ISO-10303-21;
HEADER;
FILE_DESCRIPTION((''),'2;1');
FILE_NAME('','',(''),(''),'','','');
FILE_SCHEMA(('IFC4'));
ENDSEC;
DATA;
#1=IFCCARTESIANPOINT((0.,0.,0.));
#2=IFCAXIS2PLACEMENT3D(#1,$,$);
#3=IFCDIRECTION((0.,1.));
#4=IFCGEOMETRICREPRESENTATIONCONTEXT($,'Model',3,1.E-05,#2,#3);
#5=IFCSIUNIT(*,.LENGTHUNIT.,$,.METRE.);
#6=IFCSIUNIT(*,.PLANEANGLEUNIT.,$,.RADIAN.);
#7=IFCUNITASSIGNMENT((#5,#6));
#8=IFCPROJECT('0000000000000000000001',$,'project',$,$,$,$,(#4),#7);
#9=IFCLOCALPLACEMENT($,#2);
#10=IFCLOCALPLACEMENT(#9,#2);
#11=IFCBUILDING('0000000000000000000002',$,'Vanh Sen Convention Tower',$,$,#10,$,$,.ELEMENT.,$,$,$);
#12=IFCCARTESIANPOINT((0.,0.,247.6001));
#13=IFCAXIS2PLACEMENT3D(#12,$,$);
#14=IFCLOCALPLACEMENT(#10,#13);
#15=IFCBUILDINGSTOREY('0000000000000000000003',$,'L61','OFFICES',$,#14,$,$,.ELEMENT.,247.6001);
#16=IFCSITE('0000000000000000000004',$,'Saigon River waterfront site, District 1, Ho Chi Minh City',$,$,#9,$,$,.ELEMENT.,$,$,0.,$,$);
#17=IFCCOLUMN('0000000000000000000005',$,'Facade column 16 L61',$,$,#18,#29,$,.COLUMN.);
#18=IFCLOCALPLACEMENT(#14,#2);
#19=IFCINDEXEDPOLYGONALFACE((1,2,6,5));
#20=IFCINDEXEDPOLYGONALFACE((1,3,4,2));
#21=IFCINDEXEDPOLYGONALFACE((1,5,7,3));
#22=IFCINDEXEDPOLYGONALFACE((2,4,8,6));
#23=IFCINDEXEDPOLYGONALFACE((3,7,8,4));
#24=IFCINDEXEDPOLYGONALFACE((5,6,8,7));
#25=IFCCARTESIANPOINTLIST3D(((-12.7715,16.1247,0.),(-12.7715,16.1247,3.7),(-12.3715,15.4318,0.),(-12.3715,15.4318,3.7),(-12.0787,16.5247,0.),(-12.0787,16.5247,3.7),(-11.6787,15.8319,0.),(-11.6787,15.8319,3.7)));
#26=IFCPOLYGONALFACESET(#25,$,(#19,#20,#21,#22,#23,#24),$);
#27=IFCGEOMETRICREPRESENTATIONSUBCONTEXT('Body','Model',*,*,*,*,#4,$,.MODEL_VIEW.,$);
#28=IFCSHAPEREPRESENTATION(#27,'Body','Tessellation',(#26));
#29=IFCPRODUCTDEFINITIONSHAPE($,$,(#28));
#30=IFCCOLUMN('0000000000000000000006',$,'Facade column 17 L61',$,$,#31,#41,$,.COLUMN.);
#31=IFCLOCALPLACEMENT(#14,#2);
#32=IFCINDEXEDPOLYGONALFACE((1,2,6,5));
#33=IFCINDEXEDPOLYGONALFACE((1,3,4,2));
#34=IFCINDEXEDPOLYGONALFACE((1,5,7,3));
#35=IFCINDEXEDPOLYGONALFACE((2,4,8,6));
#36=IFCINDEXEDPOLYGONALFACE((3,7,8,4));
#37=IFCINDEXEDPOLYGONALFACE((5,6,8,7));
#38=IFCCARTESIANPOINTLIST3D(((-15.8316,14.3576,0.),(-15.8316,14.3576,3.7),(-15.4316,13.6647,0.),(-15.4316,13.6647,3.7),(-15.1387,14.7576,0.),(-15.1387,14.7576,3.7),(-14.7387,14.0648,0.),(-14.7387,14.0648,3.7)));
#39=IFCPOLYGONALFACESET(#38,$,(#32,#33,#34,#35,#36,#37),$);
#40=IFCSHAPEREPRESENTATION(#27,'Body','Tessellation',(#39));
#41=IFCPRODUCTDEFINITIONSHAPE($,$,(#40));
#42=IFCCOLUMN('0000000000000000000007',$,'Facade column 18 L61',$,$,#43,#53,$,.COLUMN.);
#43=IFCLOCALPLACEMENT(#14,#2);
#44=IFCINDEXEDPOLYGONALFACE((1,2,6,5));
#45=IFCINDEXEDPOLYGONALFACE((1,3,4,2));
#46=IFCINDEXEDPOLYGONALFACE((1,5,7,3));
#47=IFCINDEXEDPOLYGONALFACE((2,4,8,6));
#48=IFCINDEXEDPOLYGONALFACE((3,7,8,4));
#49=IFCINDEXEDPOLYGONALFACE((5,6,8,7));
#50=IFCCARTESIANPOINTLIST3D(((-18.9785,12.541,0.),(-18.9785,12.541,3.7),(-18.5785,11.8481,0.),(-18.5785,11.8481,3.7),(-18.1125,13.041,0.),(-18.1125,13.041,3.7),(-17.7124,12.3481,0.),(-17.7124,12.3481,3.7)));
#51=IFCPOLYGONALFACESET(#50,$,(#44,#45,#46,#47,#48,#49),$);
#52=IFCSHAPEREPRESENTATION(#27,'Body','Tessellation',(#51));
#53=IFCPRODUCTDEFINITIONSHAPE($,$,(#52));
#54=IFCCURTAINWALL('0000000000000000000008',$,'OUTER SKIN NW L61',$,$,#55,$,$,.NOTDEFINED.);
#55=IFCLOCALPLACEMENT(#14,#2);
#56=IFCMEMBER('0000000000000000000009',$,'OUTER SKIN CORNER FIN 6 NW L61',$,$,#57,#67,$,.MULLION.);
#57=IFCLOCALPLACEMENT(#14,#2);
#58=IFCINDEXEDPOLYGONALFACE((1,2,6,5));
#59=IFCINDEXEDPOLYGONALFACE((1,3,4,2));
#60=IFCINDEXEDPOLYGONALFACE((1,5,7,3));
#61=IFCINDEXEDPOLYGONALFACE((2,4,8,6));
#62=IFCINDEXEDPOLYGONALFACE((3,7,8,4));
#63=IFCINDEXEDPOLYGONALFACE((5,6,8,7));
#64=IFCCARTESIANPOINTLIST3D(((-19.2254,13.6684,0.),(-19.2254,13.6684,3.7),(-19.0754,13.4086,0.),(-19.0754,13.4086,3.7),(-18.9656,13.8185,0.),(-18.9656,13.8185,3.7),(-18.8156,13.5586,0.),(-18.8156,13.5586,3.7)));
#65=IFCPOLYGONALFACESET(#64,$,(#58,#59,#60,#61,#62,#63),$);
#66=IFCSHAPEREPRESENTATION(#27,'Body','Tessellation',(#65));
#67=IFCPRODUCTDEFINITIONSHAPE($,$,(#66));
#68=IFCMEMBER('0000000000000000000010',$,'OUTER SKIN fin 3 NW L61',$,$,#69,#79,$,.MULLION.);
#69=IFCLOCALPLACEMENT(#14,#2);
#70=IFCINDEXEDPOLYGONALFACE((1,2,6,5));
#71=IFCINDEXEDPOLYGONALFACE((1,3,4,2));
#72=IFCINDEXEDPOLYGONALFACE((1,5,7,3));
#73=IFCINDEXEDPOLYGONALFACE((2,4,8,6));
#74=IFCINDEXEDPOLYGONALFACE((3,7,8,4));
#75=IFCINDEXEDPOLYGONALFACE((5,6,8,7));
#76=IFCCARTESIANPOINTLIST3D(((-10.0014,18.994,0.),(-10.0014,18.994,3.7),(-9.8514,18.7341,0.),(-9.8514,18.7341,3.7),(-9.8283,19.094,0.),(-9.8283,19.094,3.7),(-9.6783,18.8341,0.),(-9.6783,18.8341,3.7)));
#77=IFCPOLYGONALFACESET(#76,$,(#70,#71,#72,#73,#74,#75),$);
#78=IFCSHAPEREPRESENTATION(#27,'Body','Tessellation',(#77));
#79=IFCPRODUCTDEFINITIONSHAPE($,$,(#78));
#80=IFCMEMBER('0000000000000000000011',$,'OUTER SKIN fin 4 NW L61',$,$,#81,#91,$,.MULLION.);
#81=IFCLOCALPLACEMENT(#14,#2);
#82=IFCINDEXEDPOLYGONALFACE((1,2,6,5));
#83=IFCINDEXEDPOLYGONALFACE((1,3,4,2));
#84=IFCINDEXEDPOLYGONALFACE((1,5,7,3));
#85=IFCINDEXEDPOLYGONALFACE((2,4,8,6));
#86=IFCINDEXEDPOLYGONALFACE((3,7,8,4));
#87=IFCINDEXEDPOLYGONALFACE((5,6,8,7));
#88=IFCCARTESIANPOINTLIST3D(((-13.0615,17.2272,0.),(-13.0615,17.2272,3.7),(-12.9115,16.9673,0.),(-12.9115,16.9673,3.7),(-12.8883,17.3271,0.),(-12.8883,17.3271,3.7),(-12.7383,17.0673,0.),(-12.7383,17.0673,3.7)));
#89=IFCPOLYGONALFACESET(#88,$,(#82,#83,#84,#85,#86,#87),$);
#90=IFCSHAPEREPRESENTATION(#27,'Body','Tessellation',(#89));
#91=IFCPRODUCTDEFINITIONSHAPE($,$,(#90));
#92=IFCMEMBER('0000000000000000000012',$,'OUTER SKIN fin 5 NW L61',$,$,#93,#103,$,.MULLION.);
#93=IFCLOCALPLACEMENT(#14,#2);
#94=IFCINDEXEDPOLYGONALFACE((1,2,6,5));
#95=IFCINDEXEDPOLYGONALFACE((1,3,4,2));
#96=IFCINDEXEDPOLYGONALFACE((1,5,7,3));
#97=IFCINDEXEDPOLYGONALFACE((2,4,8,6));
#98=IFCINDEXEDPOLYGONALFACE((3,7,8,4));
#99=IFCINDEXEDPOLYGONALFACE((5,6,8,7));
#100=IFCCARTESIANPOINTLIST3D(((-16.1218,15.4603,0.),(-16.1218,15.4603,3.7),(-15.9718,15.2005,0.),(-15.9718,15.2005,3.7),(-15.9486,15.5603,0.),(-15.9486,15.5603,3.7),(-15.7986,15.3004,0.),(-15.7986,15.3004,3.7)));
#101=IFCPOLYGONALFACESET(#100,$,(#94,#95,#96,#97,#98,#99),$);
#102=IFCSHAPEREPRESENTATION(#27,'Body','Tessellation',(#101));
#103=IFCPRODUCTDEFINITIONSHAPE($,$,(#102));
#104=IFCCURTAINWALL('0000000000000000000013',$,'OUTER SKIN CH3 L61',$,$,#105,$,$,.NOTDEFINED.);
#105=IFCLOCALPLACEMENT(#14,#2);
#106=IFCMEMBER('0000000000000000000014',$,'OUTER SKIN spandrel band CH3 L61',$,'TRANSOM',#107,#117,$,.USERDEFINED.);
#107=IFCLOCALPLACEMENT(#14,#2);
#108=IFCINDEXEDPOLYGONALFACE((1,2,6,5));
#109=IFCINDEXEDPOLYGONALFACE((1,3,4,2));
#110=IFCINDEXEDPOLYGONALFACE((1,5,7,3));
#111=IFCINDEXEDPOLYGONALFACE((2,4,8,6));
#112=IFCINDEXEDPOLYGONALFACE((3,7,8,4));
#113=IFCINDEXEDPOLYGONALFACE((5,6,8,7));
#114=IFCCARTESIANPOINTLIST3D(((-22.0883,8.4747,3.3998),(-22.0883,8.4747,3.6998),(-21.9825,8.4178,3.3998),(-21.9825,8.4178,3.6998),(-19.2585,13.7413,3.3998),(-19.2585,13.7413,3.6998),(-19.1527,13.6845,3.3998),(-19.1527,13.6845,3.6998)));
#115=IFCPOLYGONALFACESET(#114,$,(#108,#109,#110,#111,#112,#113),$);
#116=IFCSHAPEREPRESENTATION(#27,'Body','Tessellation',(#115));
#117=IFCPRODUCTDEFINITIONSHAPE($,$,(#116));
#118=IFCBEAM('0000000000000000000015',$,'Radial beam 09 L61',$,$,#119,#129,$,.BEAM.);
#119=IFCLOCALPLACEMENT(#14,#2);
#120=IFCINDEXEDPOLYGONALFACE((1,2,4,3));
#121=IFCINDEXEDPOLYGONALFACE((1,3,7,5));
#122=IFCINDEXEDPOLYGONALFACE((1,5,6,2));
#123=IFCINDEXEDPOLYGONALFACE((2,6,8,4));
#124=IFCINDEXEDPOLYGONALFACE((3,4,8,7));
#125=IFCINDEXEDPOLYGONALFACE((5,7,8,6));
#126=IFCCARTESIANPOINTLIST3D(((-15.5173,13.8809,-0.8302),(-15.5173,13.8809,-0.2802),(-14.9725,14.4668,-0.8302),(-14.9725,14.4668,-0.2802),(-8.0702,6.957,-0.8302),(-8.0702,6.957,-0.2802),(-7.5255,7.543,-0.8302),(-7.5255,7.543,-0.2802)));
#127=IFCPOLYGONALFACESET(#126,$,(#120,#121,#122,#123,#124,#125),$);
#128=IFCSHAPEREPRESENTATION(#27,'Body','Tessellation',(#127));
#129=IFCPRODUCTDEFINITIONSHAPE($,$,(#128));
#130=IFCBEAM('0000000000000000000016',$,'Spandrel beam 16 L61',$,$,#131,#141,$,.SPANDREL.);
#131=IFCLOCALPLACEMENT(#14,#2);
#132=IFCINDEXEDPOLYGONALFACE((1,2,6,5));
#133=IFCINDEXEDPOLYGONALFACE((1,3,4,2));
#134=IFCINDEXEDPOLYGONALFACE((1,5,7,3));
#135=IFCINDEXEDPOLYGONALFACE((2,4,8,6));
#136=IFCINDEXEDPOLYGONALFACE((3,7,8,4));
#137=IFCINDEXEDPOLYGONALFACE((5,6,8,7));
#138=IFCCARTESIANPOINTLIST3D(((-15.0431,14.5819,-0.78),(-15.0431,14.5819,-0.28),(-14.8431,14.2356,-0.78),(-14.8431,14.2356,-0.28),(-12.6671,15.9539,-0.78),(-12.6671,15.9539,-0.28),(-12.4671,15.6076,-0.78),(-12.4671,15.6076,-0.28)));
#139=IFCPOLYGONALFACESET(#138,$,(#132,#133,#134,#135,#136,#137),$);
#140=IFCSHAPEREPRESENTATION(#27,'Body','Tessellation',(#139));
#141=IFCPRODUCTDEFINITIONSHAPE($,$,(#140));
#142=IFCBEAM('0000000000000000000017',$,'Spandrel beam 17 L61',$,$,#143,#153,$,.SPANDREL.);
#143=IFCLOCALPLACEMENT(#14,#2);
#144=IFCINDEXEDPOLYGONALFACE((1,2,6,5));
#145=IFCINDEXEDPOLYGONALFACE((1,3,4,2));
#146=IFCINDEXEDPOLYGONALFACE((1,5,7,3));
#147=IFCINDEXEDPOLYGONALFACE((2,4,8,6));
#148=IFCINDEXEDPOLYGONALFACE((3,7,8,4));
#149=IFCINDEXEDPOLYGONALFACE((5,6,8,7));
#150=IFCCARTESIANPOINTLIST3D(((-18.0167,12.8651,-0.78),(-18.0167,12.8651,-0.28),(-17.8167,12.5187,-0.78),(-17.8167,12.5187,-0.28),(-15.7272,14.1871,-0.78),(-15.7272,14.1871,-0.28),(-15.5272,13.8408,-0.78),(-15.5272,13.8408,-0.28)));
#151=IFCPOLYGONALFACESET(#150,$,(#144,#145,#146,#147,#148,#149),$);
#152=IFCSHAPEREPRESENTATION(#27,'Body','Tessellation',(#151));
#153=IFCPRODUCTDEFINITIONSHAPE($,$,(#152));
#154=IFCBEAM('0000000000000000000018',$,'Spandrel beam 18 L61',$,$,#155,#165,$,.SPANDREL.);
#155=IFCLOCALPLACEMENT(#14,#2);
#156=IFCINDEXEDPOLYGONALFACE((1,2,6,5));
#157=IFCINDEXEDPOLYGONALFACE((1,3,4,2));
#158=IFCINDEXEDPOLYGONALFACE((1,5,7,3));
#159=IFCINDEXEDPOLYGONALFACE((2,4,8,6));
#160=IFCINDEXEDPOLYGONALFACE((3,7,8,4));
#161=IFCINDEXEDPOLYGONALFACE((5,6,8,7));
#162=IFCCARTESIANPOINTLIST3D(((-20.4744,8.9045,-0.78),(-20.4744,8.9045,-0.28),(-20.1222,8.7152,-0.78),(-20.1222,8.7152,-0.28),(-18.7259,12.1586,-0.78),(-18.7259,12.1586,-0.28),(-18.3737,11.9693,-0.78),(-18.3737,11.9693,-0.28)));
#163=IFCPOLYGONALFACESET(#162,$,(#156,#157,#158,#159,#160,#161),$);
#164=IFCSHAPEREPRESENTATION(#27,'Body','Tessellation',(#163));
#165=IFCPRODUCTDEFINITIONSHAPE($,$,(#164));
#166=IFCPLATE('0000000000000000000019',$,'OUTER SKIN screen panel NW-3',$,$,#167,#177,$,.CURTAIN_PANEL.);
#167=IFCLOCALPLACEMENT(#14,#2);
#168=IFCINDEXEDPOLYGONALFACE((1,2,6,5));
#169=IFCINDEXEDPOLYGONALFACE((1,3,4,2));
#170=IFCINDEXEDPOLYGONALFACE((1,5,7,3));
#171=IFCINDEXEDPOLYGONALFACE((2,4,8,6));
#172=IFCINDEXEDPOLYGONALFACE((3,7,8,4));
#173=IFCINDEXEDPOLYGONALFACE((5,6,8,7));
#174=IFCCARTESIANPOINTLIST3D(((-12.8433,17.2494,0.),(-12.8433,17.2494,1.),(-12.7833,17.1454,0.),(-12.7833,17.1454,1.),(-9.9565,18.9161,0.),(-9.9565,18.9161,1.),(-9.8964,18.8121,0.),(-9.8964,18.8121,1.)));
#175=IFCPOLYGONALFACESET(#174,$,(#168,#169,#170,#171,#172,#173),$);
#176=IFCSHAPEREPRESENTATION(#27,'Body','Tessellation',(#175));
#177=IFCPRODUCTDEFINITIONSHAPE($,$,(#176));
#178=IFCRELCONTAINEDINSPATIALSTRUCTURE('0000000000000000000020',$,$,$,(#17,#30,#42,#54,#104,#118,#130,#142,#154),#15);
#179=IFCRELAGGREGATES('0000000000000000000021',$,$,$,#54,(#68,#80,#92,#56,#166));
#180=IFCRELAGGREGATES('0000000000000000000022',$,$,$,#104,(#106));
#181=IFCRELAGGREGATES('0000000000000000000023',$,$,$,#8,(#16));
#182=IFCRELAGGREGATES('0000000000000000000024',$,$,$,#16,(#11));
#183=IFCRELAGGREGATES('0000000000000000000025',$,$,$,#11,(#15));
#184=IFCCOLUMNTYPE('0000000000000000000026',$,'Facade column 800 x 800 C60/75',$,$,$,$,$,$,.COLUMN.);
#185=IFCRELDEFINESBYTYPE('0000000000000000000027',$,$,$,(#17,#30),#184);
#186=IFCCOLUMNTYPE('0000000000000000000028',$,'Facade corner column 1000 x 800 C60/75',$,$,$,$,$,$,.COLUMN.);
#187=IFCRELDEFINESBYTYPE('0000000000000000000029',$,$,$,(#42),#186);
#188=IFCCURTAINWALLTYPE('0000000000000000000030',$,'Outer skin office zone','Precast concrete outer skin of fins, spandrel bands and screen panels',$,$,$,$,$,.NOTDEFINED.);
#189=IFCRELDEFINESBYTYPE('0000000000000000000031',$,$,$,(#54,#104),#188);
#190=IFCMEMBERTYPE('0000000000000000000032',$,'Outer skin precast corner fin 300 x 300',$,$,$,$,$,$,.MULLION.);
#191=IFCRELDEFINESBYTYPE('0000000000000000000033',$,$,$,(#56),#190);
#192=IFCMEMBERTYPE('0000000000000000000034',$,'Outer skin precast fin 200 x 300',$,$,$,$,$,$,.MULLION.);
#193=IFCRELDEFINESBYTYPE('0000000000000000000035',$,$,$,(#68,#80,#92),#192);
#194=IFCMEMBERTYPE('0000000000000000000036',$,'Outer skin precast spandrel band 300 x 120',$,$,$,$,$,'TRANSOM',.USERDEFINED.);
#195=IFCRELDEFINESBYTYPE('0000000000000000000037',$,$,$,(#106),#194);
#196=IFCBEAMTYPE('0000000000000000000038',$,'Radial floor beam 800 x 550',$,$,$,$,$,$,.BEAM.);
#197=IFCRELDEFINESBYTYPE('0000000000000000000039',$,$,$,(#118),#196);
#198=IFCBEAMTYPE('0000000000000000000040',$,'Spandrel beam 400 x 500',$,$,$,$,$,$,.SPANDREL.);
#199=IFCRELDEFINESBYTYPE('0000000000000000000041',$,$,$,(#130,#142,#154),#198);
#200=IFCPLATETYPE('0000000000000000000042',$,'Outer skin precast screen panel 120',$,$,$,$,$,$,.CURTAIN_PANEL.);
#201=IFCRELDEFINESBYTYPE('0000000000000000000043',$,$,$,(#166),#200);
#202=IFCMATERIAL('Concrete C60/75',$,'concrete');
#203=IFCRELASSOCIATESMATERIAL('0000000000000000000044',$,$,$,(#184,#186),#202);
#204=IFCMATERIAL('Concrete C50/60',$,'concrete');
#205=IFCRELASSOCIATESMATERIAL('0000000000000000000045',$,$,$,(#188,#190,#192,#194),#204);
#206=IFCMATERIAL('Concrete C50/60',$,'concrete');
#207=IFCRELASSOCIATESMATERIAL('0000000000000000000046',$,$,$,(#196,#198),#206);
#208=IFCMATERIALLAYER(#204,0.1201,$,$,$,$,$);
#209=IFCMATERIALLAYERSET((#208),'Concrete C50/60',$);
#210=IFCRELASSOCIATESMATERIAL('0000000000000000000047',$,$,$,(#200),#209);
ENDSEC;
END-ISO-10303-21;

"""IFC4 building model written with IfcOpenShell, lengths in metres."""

from ifc_helpers import new_model, si_unit, direction, frame, origin, origin_2d, place, context, subcontext, project, spatial, rectangle, extrude, material, layer, layer_set, material_profile, profile_set, type_object, element, aggregate, save


model = new_model("IFC4")

# Units and contexts
model_context = context("Model", 3, precision=1e-05, world=origin(), true_north=direction((0.0, 1.0)))
body_context = subcontext(model_context, "Body", "Model", "MODEL_VIEW")
ifc_project = project(units=[si_unit("LENGTHUNIT", "METRE"), si_unit("PLANEANGLEUNIT", "RADIAN")], contexts=[model_context])

# Site, building, storey
site_placement = place(None, origin())
site = spatial("IfcSite", under=ifc_project, at=site_placement, Name="Saigon River waterfront site, District 1, Ho Chi Minh City", CompositionType="ELEMENT", RefElevation=0.0)
building_placement = place(site_placement, origin())
building = spatial("IfcBuilding", under=site, at=building_placement, Name="Vanh Sen Convention Tower", CompositionType="ELEMENT")
storey_placement = place(building_placement, frame((0.0, 0.0, 247.6001)))
storey = spatial("IfcBuildingStorey", under=building, at=storey_placement, Name="L61", Description="OFFICES", CompositionType="ELEMENT", Elevation=247.6001)

# Columns
ifc_material_1 = material(Name="Concrete C60/75", Category="concrete")
ifc_material_profile_1 = material_profile(ifc_material_1, rectangle(XDim=0.8, YDim=0.8, at=origin_2d()), Name="RC 800X800")
ifc_profile_set_1 = profile_set([ifc_material_profile_1], Name="Concrete C60/75")
column_type_1 = type_object("IfcColumnType", Name="Facade column 800 x 800 C60/75", PredefinedType="COLUMN", material=ifc_profile_set_1)
for number, where, z_axis, x_axis, name in (
    (1, (-12.2251, 15.9783, 0.0), (0.0, 0.0, 1.0), (-0.866025, -0.5, 0.0), "Facade column 16 L61"),
    (2, (-15.2852, 14.2112, 0.0), (0.0, 0.0, 1.0), (-0.866025, -0.5, 0.0), "Facade column 17 L61"),
):
    element("IfcColumn", number, at=place(storey_placement, frame(where, z_axis=z_axis, x_axis=x_axis)), inside=storey, type_object=column_type_1, Name=name, PredefinedType="COLUMN", context=body_context, shape_type="SweptSolid", body=[
        extrude(rectangle(XDim=0.8, YDim=0.8, at=origin_2d()), origin(), (0.0, 0.0, 1.0), 3.7),
    ])
ifc_material_profile_2 = material_profile(ifc_material_1, rectangle(XDim=1.0, YDim=0.8, at=origin_2d()), Name="RC 1000X800")
ifc_profile_set_2 = profile_set([ifc_material_profile_2], Name="Concrete C60/75")
column_type_2 = type_object("IfcColumnType", Name="Facade corner column 1000 x 800 C60/75", PredefinedType="COLUMN", material=ifc_profile_set_2)
column_placement = place(storey_placement, frame((-18.3455, 12.4446, 0.0), z_axis=(0.0, 0.0, 1.0), x_axis=(-0.866025, -0.5, 0.0)))
element("IfcColumn", 3, at=column_placement, inside=storey, type_object=column_type_2, Name="Facade column 18 L61", PredefinedType="COLUMN", context=body_context, shape_type="SweptSolid", body=[
    extrude(rectangle(XDim=1.0, YDim=0.8, at=origin_2d()), origin(), (0.0, 0.0, 1.0), 3.7),
])

# Curtain wall, members
ifc_material_2 = material(Name="Concrete C50/60", Category="concrete")
curtain_wall_type = type_object("IfcCurtainWallType", Name="Outer skin office zone", Description="Precast concrete outer skin of fins, spandrel bands and screen panels", PredefinedType="NOTDEFINED", material=ifc_material_2)
curtain_wall_1_placement = place(storey_placement, origin())
curtain_wall_1 = element("IfcCurtainWall", 4, at=curtain_wall_1_placement, inside=storey, type_object=curtain_wall_type, Name="OUTER SKIN NW L61", PredefinedType="NOTDEFINED")
ifc_material_profile_3 = material_profile(ifc_material_2, rectangle(XDim=0.3, YDim=0.3, at=origin_2d()), Name="Outer skin precast corner fin 300 x 300")
ifc_profile_set_3 = profile_set([ifc_material_profile_3], Name="Concrete C50/60")
member_type_1 = type_object("IfcMemberType", Name="Outer skin precast corner fin 300 x 300", PredefinedType="MULLION", material=ifc_profile_set_3)
member_1_placement = place(storey_placement, frame((-19.0205, 13.6135, 0.0), z_axis=(0.0, 0.0, 1.0), x_axis=(-0.866025, -0.5, 0.0)))
member_1 = element("IfcMember", 5, at=member_1_placement, type_object=member_type_1, Name="OUTER SKIN CORNER FIN 6 NW L61", PredefinedType="MULLION", context=body_context, shape_type="SweptSolid", body=[
    extrude(rectangle(XDim=0.3, YDim=0.3, at=origin_2d()), origin(), (0.0, 0.0, 1.0), 3.7),
])
ifc_material_profile_4 = material_profile(ifc_material_2, rectangle(XDim=0.2, YDim=0.3, at=origin_2d()), Name="Outer skin precast fin 200 x 300")
ifc_profile_set_4 = profile_set([ifc_material_profile_4], Name="Concrete C50/60")
member_type_2 = type_object("IfcMemberType", Name="Outer skin precast fin 200 x 300", PredefinedType="MULLION", material=ifc_profile_set_4)
member_2_placement = place(storey_placement, frame((-9.8398, 18.9141, 0.0), z_axis=(0.0, 0.0, 1.0), x_axis=(-0.866025, -0.5, 0.0)))
member_2 = element("IfcMember", 6, at=member_2_placement, type_object=member_type_2, Name="OUTER SKIN fin 3 NW L61", PredefinedType="MULLION", context=body_context, shape_type="SweptSolid", body=[
    extrude(rectangle(XDim=0.2, YDim=0.3, at=origin_2d()), origin(), (0.0, 0.0, 1.0), 3.7),
])
member_3_placement = place(storey_placement, frame((-12.8999, 17.1472, 0.0), z_axis=(0.0, 0.0, 1.0), x_axis=(-0.866025, -0.5, 0.0)))
member_3 = element("IfcMember", 7, at=member_3_placement, type_object=member_type_2, Name="OUTER SKIN fin 4 NW L61", PredefinedType="MULLION", context=body_context, shape_type="SweptSolid", body=[
    extrude(rectangle(XDim=0.2, YDim=0.3, at=origin_2d()), origin(), (0.0, 0.0, 1.0), 3.7),
])
member_4_placement = place(storey_placement, frame((-15.9602, 15.3804, 0.0), z_axis=(0.0, 0.0, 1.0), x_axis=(-0.866025, -0.5, 0.0)))
member_4 = element("IfcMember", 8, at=member_4_placement, type_object=member_type_2, Name="OUTER SKIN fin 5 NW L61", PredefinedType="MULLION", context=body_context, shape_type="SweptSolid", body=[
    extrude(rectangle(XDim=0.2, YDim=0.3, at=origin_2d()), origin(), (0.0, 0.0, 1.0), 3.7),
])

# Curtain wall, member
curtain_wall_2_placement = place(storey_placement, origin())
curtain_wall_2 = element("IfcCurtainWall", 9, at=curtain_wall_2_placement, inside=storey, type_object=curtain_wall_type, Name="OUTER SKIN CH3 L61", PredefinedType="NOTDEFINED")
ifc_material_profile_5 = material_profile(ifc_material_2, rectangle(XDim=0.1201, YDim=0.3, at=origin_2d()), Name="Outer skin precast spandrel band 300 x 120")
ifc_profile_set_5 = profile_set([ifc_material_profile_5], Name="Concrete C50/60")
member_type_3 = type_object("IfcMemberType", Name="Outer skin precast spandrel band 300 x 120", ElementType="TRANSOM", PredefinedType="USERDEFINED", material=ifc_profile_set_5)
member_5_placement = place(storey_placement, frame((-19.2056, 13.7129, 3.5498), z_axis=(-0.473318, -0.880892, 0.0), x_axis=(0.880892, -0.473318, 0.0)))
member_5 = element("IfcMember", 10, at=member_5_placement, type_object=member_type_3, Name="OUTER SKIN spandrel band CH3 L61", ObjectType="TRANSOM", PredefinedType="USERDEFINED", context=body_context, shape_type="SweptSolid", body=[
    extrude(rectangle(XDim=0.1201, YDim=0.3, at=origin_2d()), origin(), (0.0, 0.0, 1.0), 5.9788),
])

# Beams
ifc_material_3 = material(Name="Concrete C50/60", Category="concrete")
ifc_material_profile_6 = material_profile(ifc_material_3, rectangle(XDim=0.8, YDim=0.55, at=origin_2d()), Name="RC 800X550")
ifc_profile_set_6 = profile_set([ifc_material_profile_6], Name="Concrete C50/60")
beam_type_1 = type_object("IfcBeamType", Name="Radial floor beam 800 x 550", PredefinedType="BEAM", material=ifc_profile_set_6)
beam_1_placement = place(storey_placement, frame((-15.2449, 14.1738, -0.5552), z_axis=(0.732365, -0.680912, 0.0), x_axis=(0.680912, 0.732365, 0.0)))
element("IfcBeam", 11, at=beam_1_placement, inside=storey, type_object=beam_type_1, Name="Radial beam 09 L61", PredefinedType="BEAM", context=body_context, shape_type="SweptSolid", body=[
    extrude(rectangle(XDim=0.8, YDim=0.55, at=origin_2d()), origin(), (0.0, 0.0, 1.0), 10.1685),
])
ifc_material_profile_7 = material_profile(ifc_material_3, rectangle(XDim=0.3999, YDim=0.5, at=origin_2d()), Name="RC 400X500")
ifc_profile_set_7 = profile_set([ifc_material_profile_7], Name="Concrete C50/60")
beam_type_2 = type_object("IfcBeamType", Name="Spandrel beam 400 x 500", PredefinedType="SPANDREL", material=ifc_profile_set_7)
beam_2_placement = place(storey_placement, frame((-12.5671, 15.7808, -0.53), z_axis=(-0.865978, -0.500082, 0.0), x_axis=(0.500082, -0.865978, 0.0)))
element("IfcBeam", 12, at=beam_2_placement, inside=storey, type_object=beam_type_2, Name="Spandrel beam 16 L61", PredefinedType="SPANDREL", context=body_context, shape_type="SweptSolid", body=[
    extrude(rectangle(XDim=0.3999, YDim=0.5, at=origin_2d()), origin(), (0.0, 0.0, 1.0), 2.7437),
])
beam_3_placement = place(storey_placement, frame((-15.6272, 14.0139, -0.53), z_axis=(-0.866001, -0.500042, 0.0), x_axis=(0.500042, -0.866001, 0.0)))
element("IfcBeam", 13, at=beam_3_placement, inside=storey, type_object=beam_type_2, Name="Spandrel beam 17 L61", PredefinedType="SPANDREL", context=body_context, shape_type="SweptSolid", body=[
    extrude(rectangle(XDim=0.3999, YDim=0.5, at=origin_2d()), origin(), (0.0, 0.0, 1.0), 2.6438),
])
beam_4_placement = place(storey_placement, frame((-18.5498, 12.064, -0.53), z_axis=(-0.473323, -0.880889, 0.0), x_axis=(0.880889, -0.473323, 0.0)))
element("IfcBeam", 14, at=beam_4_placement, inside=storey, type_object=beam_type_2, Name="Spandrel beam 18 L61", PredefinedType="SPANDREL", context=body_context, shape_type="SweptSolid", body=[
    extrude(rectangle(XDim=0.3999, YDim=0.5, at=origin_2d()), origin(), (0.0, 0.0, 1.0), 3.6941),
])

# Plate
ifc_layer_1 = layer(ifc_material_2, 0.1201)
ifc_layer_set_1 = layer_set([ifc_layer_1], Name="Concrete C50/60")
plate_type = type_object("IfcPlateType", Name="Outer skin precast screen panel 120", PredefinedType="CURTAIN_PANEL", material=ifc_layer_set_1)
plate_1_placement = place(storey_placement, frame((-11.3699, 18.0308, 0.0), z_axis=(0.0, 0.0, 1.0), x_axis=(-0.866026, -0.499998, 0.0)))
plate_1 = element("IfcPlate", 15, at=plate_1_placement, type_object=plate_type, Name="OUTER SKIN screen panel NW-3", PredefinedType="CURTAIN_PANEL", context=body_context, shape_type="SweptSolid", body=[
    extrude(rectangle(XDim=3.3335, YDim=0.1201, at=origin_2d()), origin(), (0.0, 0.0, 1.0), 1.0),
])
aggregate(curtain_wall_1, [member_2, member_3, member_4, member_1, plate_1])
aggregate(curtain_wall_2, [member_5])

save(model, "model.ifc")
